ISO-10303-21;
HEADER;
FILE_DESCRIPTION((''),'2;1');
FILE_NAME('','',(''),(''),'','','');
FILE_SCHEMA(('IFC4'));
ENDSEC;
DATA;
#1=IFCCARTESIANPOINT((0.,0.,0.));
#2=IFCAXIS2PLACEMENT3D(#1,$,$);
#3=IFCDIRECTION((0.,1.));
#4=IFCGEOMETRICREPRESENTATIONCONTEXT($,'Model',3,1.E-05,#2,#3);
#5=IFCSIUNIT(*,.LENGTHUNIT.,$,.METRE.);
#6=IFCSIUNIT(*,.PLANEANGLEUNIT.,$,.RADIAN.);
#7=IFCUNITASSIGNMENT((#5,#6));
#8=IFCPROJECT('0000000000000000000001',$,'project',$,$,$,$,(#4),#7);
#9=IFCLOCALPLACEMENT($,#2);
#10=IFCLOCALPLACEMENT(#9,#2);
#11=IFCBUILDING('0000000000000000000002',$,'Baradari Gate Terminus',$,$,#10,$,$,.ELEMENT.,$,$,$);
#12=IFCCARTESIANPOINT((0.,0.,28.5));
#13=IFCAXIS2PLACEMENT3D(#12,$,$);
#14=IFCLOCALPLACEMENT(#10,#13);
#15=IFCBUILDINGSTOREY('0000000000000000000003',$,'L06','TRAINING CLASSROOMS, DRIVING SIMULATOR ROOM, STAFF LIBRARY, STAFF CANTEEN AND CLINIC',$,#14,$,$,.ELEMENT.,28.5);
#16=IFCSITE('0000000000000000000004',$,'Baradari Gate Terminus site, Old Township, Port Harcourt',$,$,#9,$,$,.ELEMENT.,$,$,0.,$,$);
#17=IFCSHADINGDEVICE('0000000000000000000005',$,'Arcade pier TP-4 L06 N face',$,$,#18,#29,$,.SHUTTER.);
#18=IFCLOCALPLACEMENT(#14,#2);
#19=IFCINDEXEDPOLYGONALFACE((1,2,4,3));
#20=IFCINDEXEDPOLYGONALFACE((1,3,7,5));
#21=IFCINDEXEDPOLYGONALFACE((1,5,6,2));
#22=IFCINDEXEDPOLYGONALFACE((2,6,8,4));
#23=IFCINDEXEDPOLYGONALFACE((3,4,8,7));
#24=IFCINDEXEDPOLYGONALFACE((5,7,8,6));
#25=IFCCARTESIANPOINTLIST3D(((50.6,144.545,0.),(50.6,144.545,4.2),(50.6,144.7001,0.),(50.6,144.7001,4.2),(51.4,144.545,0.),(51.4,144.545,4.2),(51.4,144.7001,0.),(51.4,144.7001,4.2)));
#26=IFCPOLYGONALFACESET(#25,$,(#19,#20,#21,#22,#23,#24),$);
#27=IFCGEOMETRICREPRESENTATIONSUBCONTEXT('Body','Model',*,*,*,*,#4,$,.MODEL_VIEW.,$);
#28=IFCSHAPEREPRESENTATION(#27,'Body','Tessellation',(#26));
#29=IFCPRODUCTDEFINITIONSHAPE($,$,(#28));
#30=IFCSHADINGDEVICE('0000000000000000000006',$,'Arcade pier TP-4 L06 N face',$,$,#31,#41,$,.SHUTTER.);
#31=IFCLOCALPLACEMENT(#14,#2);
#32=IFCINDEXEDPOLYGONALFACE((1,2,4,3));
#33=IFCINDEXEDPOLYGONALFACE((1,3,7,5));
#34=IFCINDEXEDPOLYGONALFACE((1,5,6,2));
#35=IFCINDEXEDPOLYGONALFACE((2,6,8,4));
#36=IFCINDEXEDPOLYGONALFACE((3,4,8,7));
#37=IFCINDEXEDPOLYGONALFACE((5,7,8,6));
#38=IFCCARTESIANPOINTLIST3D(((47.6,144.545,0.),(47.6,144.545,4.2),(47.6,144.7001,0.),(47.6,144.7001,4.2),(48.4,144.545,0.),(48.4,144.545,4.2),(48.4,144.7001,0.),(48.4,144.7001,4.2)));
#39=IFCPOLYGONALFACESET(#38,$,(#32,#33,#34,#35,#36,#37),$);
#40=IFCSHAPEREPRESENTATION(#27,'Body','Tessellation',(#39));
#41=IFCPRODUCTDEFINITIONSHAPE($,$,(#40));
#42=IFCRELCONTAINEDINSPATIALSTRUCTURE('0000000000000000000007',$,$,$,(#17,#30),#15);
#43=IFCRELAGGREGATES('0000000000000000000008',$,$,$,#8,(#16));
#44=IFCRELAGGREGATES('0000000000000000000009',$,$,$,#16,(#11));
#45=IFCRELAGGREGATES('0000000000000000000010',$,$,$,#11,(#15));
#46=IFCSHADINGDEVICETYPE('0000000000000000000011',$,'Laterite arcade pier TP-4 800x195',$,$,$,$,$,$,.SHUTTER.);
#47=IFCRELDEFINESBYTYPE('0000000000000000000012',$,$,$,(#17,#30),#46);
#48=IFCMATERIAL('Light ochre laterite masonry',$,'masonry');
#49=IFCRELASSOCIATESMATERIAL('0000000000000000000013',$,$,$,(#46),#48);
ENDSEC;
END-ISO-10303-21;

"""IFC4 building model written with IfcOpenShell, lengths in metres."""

from ifc_helpers import new_model, si_unit, direction, frame, origin, origin_2d, place, context, subcontext, project, spatial, rectangle, extrude, material, type_object, element, save


model = new_model("IFC4")

# Units and contexts
model_context = context("Model", 3, precision=1e-05, world=origin(), true_north=direction((0.0, 1.0)))
body_context = subcontext(model_context, "Body", "Model", "MODEL_VIEW")
ifc_project = project(units=[si_unit("LENGTHUNIT", "METRE"), si_unit("PLANEANGLEUNIT", "RADIAN")], contexts=[model_context])

# Site, building, storey
site_placement = place(None, origin())
site = spatial("IfcSite", under=ifc_project, at=site_placement, Name="Baradari Gate Terminus site, Old Township, Port Harcourt", CompositionType="ELEMENT", RefElevation=0.0)
building_placement = place(site_placement, origin())
building = spatial("IfcBuilding", under=site, at=building_placement, Name="Baradari Gate Terminus", CompositionType="ELEMENT")
storey_placement = place(building_placement, frame((0.0, 0.0, 28.5)))
storey = spatial("IfcBuildingStorey", under=building, at=storey_placement, Name="L06", Description="TRAINING CLASSROOMS, DRIVING SIMULATOR ROOM, STAFF LIBRARY, STAFF CANTEEN AND CLINIC", CompositionType="ELEMENT", Elevation=28.5)

# Shading devices
ifc_material_1 = material(Name="Light ochre laterite masonry", Category="masonry")
shading_device_type = type_object("IfcShadingDeviceType", Name="Laterite arcade pier TP-4 800x195", PredefinedType="SHUTTER", material=ifc_material_1)
for number, where, z_axis, x_axis, name in (
    (1, (51.0, 144.6226, 0.0), (0.0, 0.0, 1.0), (-1.0, 0.0, 0.0), "Arcade pier TP-4 L06 N face"),
    (2, (48.0, 144.6226, 0.0), (0.0, 0.0, 1.0), (-1.0, 0.0, 0.0), "Arcade pier TP-4 L06 N face"),
):
    element("IfcShadingDevice", number, at=place(storey_placement, frame(where, z_axis=z_axis, x_axis=x_axis)), inside=storey, type_object=shading_device_type, Name=name, PredefinedType="SHUTTER", context=body_context, shape_type="SweptSolid", body=[
        extrude(rectangle(XDim=0.8, YDim=0.155, at=origin_2d()), origin(), (0.0, 0.0, 1.0), 4.2),
    ])

save(model, "model.ifc")
